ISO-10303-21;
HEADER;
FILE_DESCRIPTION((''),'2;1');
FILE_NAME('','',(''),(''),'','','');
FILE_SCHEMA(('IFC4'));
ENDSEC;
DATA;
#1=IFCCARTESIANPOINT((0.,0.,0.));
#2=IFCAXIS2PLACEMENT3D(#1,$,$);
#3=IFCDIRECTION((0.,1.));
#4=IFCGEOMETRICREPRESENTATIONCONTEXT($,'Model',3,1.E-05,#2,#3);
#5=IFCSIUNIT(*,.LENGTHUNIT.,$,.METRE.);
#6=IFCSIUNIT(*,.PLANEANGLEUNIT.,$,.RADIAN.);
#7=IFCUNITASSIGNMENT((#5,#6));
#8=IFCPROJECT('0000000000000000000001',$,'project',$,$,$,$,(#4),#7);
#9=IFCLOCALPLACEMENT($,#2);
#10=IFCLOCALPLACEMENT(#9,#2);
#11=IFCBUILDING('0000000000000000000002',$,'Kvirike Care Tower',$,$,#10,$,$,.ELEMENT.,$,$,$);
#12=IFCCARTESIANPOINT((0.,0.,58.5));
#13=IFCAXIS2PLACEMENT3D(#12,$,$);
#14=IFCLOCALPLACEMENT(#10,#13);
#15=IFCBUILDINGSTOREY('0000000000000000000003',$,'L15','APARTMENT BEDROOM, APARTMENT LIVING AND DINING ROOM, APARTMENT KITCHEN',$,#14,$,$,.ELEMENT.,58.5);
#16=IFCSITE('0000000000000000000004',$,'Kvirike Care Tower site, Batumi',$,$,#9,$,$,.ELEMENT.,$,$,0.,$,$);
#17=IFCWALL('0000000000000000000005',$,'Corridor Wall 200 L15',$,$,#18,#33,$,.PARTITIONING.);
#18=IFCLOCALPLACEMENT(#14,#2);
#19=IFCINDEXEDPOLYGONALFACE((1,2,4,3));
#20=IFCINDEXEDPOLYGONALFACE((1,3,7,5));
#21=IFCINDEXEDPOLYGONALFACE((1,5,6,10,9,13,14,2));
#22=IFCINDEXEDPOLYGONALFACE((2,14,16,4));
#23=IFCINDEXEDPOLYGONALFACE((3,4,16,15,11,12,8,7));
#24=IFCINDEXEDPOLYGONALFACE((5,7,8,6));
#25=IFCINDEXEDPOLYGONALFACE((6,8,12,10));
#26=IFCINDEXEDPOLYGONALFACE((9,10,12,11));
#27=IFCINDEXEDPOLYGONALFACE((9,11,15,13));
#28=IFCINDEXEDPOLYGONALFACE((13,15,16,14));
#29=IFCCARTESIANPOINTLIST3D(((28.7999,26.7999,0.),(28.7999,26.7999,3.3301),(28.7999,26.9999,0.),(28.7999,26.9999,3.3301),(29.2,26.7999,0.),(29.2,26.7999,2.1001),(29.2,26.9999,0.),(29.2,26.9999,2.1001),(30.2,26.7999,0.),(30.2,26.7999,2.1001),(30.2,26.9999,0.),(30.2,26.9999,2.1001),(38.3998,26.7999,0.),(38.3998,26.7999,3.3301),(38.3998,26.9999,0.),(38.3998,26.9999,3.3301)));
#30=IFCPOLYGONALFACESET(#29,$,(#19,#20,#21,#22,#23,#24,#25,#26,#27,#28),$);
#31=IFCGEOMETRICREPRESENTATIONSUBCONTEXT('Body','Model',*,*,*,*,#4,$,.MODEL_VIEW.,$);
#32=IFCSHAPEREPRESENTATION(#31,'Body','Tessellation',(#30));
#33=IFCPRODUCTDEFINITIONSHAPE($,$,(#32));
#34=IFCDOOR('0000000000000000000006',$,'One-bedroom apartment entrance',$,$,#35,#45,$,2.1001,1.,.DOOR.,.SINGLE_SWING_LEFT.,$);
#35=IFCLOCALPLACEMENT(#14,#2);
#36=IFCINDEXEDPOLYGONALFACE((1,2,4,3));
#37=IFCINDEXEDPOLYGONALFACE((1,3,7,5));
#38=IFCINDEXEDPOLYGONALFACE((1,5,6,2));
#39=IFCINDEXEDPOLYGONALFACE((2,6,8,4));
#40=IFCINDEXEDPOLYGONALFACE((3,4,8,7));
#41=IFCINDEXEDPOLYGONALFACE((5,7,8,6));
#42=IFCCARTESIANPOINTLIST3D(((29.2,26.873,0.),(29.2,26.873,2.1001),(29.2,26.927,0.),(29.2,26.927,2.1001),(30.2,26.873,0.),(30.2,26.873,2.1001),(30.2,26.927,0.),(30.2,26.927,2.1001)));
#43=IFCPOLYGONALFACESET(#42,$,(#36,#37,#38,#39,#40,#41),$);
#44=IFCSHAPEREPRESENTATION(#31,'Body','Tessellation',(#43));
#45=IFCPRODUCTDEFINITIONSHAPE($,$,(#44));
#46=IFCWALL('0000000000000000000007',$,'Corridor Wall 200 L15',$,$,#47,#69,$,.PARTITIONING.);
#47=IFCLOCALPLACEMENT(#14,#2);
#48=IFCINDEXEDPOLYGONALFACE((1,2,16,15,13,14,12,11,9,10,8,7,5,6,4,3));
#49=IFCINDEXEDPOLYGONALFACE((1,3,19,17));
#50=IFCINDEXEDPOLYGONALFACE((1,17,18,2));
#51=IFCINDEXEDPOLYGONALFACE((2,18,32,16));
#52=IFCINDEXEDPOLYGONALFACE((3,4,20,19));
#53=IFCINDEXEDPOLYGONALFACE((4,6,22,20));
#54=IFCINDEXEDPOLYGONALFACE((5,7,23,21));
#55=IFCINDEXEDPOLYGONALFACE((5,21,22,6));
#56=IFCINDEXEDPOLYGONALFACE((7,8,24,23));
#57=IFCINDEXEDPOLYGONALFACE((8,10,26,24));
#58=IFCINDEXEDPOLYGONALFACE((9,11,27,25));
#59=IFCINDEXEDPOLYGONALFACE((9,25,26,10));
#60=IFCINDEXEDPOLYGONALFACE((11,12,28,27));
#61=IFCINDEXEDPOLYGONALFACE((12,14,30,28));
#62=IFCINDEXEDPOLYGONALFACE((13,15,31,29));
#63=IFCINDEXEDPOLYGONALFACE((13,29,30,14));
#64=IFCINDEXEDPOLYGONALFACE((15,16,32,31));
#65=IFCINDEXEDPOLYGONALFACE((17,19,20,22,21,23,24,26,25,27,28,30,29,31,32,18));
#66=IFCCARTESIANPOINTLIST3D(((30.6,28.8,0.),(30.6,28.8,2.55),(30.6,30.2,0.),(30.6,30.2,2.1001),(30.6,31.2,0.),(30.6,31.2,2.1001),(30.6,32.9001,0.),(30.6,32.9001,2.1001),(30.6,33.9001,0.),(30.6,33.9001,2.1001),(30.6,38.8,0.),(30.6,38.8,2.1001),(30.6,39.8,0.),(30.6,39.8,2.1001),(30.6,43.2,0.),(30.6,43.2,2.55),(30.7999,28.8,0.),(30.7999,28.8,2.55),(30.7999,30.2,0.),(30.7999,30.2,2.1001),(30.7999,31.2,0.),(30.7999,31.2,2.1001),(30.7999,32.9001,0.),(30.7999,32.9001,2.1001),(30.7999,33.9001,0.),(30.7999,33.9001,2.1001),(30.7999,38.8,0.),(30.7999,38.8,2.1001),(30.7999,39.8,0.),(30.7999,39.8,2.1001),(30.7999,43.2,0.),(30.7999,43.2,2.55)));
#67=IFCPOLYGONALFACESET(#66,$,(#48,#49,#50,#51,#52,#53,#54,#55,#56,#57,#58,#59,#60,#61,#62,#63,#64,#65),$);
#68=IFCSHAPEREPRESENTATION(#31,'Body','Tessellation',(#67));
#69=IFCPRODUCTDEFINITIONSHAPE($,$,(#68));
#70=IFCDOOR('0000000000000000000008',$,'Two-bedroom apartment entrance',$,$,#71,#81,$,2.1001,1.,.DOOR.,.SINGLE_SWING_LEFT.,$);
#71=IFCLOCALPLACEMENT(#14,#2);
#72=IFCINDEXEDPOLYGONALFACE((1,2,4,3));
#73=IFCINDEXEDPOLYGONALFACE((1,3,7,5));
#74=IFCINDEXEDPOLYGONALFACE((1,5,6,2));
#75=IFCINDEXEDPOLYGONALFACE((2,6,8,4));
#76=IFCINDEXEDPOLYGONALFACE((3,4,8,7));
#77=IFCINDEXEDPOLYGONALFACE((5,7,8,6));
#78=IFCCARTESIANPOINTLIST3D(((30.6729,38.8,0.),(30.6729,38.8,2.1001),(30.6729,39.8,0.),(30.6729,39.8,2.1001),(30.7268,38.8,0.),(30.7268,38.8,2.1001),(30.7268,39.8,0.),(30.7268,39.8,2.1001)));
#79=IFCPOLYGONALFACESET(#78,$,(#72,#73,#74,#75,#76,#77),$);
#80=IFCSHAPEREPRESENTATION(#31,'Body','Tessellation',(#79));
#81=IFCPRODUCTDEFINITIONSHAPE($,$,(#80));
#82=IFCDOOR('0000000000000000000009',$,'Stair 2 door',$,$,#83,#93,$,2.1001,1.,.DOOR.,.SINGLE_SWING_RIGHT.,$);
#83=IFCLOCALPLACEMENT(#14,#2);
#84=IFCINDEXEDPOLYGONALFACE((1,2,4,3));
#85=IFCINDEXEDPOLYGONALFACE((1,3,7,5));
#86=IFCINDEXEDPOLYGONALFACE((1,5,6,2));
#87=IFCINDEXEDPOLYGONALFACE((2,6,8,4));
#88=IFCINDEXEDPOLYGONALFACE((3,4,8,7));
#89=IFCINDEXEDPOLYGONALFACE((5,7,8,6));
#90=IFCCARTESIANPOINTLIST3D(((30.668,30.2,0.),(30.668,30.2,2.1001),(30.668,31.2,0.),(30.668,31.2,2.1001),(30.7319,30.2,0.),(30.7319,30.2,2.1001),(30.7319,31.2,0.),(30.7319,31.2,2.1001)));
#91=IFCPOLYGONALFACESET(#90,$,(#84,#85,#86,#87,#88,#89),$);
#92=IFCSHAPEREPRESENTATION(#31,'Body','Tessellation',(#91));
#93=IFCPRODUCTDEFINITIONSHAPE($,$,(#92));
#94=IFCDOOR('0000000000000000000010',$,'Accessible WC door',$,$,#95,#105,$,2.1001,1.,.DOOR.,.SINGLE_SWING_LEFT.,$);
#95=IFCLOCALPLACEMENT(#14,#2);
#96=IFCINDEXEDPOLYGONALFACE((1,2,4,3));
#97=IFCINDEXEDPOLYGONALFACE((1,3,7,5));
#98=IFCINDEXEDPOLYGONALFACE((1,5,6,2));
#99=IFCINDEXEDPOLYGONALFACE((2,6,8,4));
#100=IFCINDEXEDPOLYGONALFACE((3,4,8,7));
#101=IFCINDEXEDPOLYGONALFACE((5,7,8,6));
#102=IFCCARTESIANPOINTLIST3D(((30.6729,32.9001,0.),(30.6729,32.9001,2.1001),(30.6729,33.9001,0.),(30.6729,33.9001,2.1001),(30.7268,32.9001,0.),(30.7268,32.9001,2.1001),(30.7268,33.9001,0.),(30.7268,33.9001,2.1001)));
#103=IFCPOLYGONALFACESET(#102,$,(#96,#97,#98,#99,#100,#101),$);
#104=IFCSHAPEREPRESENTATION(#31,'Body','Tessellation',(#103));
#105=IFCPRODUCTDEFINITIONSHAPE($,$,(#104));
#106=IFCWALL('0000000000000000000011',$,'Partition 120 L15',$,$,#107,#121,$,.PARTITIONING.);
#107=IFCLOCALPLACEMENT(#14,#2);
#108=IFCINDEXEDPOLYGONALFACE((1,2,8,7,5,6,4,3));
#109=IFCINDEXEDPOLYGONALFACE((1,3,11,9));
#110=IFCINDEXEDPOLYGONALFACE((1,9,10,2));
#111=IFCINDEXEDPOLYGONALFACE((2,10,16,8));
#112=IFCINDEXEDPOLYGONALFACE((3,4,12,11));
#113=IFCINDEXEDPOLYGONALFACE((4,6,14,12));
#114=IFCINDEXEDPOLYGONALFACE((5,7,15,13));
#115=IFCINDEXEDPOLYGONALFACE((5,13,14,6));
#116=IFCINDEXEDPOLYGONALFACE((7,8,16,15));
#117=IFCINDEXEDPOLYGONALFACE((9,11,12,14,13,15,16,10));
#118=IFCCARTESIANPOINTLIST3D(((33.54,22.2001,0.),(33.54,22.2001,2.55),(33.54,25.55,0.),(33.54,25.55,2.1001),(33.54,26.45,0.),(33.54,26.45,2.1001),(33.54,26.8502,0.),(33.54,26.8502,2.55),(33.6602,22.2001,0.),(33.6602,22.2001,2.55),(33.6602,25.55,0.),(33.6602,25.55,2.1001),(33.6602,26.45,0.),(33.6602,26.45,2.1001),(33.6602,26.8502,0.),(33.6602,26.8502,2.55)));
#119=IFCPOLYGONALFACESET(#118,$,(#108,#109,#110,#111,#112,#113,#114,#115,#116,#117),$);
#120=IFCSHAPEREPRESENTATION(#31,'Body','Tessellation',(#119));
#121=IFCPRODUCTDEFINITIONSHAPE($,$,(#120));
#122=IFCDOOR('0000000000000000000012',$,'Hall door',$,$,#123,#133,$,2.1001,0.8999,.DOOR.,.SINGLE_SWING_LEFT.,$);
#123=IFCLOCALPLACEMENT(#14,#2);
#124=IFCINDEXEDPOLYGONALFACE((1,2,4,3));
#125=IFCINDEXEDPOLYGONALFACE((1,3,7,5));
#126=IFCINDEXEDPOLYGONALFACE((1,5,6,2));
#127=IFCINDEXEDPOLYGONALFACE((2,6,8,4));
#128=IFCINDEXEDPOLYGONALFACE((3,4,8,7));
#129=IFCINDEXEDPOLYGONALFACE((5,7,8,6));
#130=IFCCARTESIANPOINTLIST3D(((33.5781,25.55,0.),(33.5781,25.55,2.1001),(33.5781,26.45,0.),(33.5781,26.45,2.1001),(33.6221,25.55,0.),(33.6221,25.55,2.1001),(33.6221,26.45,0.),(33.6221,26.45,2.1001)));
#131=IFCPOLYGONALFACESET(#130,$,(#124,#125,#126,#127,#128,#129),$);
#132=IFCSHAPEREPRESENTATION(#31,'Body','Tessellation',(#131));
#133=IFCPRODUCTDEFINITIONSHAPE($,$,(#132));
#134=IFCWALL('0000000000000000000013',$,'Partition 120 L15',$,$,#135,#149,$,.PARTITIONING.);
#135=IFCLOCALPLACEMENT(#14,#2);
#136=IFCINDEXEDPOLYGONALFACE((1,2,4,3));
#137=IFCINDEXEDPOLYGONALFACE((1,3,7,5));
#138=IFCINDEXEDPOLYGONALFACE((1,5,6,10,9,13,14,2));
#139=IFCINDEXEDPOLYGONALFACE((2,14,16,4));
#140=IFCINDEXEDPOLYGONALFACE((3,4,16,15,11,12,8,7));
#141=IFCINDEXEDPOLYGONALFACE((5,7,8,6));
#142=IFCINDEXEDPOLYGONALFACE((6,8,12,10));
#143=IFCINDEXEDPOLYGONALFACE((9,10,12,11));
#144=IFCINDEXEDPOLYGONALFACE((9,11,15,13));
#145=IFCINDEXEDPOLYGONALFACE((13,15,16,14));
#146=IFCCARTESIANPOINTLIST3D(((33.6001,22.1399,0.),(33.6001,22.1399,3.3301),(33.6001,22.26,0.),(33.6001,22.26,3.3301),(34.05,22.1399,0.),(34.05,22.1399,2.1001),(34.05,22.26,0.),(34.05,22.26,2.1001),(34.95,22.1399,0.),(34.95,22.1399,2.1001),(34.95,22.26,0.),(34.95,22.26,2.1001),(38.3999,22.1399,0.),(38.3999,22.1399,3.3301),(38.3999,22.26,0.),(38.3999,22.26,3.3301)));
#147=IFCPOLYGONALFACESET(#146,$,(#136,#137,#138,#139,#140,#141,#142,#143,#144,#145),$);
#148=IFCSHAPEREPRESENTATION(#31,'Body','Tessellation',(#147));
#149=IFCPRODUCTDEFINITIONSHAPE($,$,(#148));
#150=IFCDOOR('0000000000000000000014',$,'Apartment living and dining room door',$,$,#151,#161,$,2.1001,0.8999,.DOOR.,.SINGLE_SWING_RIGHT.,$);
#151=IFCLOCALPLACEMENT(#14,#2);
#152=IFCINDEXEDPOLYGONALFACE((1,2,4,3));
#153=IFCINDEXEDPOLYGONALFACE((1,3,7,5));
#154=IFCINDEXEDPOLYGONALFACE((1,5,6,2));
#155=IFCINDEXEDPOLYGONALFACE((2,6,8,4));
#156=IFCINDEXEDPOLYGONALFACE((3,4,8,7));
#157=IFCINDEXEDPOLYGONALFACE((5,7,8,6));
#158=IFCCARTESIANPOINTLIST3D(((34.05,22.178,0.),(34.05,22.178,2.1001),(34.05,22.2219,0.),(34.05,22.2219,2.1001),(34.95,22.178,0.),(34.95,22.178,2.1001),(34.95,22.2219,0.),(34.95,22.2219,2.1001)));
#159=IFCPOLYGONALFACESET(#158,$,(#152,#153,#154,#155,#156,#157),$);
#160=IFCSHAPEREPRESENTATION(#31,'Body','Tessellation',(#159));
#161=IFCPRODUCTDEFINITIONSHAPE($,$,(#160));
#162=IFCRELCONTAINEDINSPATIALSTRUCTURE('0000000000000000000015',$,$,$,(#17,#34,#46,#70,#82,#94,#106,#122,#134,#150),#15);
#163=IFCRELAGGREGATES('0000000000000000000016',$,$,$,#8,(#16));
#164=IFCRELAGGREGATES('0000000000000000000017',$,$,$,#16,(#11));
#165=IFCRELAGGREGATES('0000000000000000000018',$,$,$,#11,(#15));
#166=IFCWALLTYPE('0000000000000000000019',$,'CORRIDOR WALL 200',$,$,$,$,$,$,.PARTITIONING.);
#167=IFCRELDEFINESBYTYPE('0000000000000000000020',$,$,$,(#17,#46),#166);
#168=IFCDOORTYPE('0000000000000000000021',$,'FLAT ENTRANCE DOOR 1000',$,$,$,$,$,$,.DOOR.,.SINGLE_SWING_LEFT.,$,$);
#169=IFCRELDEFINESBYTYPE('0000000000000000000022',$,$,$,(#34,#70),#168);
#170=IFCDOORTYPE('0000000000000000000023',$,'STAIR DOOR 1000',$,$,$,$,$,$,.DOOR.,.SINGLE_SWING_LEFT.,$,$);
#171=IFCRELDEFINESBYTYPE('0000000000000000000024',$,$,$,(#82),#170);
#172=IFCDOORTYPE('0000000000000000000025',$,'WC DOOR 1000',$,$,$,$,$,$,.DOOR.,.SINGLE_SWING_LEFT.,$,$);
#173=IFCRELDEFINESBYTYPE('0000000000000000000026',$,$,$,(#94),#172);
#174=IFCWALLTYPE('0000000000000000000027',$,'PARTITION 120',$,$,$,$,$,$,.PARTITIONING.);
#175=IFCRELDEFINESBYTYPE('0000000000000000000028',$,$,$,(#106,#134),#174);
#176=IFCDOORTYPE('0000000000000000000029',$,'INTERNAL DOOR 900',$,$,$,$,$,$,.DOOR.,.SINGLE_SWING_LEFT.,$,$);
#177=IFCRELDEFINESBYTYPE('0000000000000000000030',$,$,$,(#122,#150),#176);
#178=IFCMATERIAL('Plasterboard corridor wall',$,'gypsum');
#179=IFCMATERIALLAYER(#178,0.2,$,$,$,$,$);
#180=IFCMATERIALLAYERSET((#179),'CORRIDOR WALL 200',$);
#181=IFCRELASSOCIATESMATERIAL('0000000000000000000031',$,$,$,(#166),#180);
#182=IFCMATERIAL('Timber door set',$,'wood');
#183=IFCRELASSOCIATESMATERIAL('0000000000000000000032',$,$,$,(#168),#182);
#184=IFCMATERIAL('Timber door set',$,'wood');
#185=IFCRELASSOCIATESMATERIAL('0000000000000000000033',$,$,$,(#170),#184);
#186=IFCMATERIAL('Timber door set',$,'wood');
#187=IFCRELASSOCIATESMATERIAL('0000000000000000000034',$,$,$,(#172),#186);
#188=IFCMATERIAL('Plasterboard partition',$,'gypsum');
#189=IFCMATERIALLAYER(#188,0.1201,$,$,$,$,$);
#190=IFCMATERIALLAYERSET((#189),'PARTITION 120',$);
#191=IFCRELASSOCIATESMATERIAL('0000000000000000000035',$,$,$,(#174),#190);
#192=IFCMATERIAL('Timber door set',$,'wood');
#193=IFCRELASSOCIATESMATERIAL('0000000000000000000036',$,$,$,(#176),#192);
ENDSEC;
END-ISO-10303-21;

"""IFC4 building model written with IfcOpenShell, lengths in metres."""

from ifc_helpers import new_model, si_unit, direction, frame, frame_2d, origin, place, context, subcontext, project, spatial, rectangle, extrude, material, layer, layer_set, type_object, element, fill, save


model = new_model("IFC4")

# Units and contexts
model_context = context("Model", 3, precision=1e-05, world=origin(), true_north=direction((0.0, 1.0)))
body_context = subcontext(model_context, "Body", "Model", "MODEL_VIEW")
ifc_project = project(units=[si_unit("LENGTHUNIT", "METRE"), si_unit("PLANEANGLEUNIT", "RADIAN")], contexts=[model_context])

# Site, building, storey
site_placement = place(None, origin())
site = spatial("IfcSite", under=ifc_project, at=site_placement, Name="Kvirike Care Tower site, Batumi", CompositionType="ELEMENT", RefElevation=0.0)
building_placement = place(site_placement, origin())
building = spatial("IfcBuilding", under=site, at=building_placement, Name="Kvirike Care Tower", CompositionType="ELEMENT")
storey_placement = place(building_placement, frame((0.0, 0.0, 58.5)))
storey = spatial("IfcBuildingStorey", under=building, at=storey_placement, Name="L15", Description="APARTMENT BEDROOM, APARTMENT LIVING AND DINING ROOM, APARTMENT KITCHEN", CompositionType="ELEMENT", Elevation=58.5)

# Wall, opening, door
ifc_material_1 = material(Name="Plasterboard corridor wall", Category="gypsum")
ifc_layer_1 = layer(ifc_material_1, 0.2)
ifc_layer_set_1 = layer_set([ifc_layer_1], Name="CORRIDOR WALL 200")
wall_type_1 = type_object("IfcWallType", Name="CORRIDOR WALL 200", PredefinedType="PARTITIONING", material=ifc_layer_set_1)
wall_1_placement = place(storey_placement, frame((28.8, 26.8999, 0.0), z_axis=(0.0, 0.0, 1.0), x_axis=(1.0, 0.0, 0.0)))
wall_1 = element("IfcWall", 1, at=wall_1_placement, inside=storey, type_object=wall_type_1, Name="Corridor Wall 200 L15", PredefinedType="PARTITIONING", context=body_context, shape_type="SweptSolid", body=[
    extrude(rectangle(XDim=9.5999, YDim=0.2, at=frame_2d((4.7998, 0.0))), origin(), (0.0, 0.0, 1.0), 3.3301),
])
opening_1_placement = place(wall_1_placement, frame((0.3999, 0.0, 0.0)))
opening_1 = element("IfcOpeningElement", 2, at=opening_1_placement, cuts=wall_1, PredefinedType="OPENING", context=body_context, shape_type="SweptSolid", body=[
    extrude(rectangle(XDim=1.0, YDim=2.1001, at=frame_2d((0.5, 1.05))), frame((0.0, 0.1106, 0.0), z_axis=(0.0, -1.0, 0.0), x_axis=(1.0, 0.0, 0.0)), (0.0, 0.0, 1.0), 0.2209),
])
ifc_material_2 = material(Name="Timber door set", Category="wood")
door_type_1 = type_object("IfcDoorType", Name="FLAT ENTRANCE DOOR 1000", OperationType="SINGLE_SWING_LEFT", PredefinedType="DOOR", material=ifc_material_2)
door_1_placement = place(opening_1_placement, frame((1.0, 0.0, 0.0), z_axis=(0.0, 0.0, 1.0), x_axis=(-1.0, 0.0, 0.0)))
door_1 = element("IfcDoor", 3, at=door_1_placement, inside=storey, type_object=door_type_1, Name="One-bedroom apartment entrance", OperationType="SINGLE_SWING_LEFT", OverallHeight=2.1001, OverallWidth=1.0, PredefinedType="DOOR", context=body_context, shape_type="SweptSolid", body=[
    extrude(rectangle(XDim=1.0, YDim=2.1001, at=frame_2d((0.5, 1.05))), frame((0.0, 0.0269, 0.0), z_axis=(0.0, -1.0, 0.0), x_axis=(1.0, 0.0, 0.0)), (0.0, 0.0, 1.0), 0.054),
])
fill(opening_1, door_1)

# Wall, openings, doors
wall_2_placement = place(storey_placement, frame((30.7, 28.8, 0.0), z_axis=(0.0, 0.0, 1.0), x_axis=(0.0, 1.0, 0.0)))
wall_2 = element("IfcWall", 4, at=wall_2_placement, inside=storey, type_object=wall_type_1, Name="Corridor Wall 200 L15", PredefinedType="PARTITIONING", context=body_context, shape_type="SweptSolid", body=[
    extrude(rectangle(XDim=14.3999, YDim=0.2, at=frame_2d((7.2, 0.0))), origin(), (0.0, 0.0, 1.0), 2.55),
])
opening_2_placement = place(wall_2_placement, frame((1.3999, 0.0, 0.0)))
opening_2 = element("IfcOpeningElement", 5, at=opening_2_placement, cuts=wall_2, PredefinedType="OPENING", context=body_context, shape_type="SweptSolid", body=[
    extrude(rectangle(XDim=1.0, YDim=2.1001, at=frame_2d((0.5, 1.05))), frame((0.0, 0.1106, 0.0), z_axis=(0.0, -1.0, 0.0), x_axis=(1.0, 0.0, 0.0)), (0.0, 0.0, 1.0), 0.2209),
])
opening_3_placement = place(wall_2_placement, frame((4.1001, 0.0, 0.0)))
opening_3 = element("IfcOpeningElement", 6, at=opening_3_placement, cuts=wall_2, PredefinedType="OPENING", context=body_context, shape_type="SweptSolid", body=[
    extrude(rectangle(XDim=1.0, YDim=2.1001, at=frame_2d((0.5, 1.05))), frame((0.0, 0.1106, 0.0), z_axis=(0.0, -1.0, 0.0), x_axis=(1.0, 0.0, 0.0)), (0.0, 0.0, 1.0), 0.2209),
])
opening_4_placement = place(wall_2_placement, frame((10.0, 0.0, 0.0)))
opening_4 = element("IfcOpeningElement", 7, at=opening_4_placement, cuts=wall_2, PredefinedType="OPENING", context=body_context, shape_type="SweptSolid", body=[
    extrude(rectangle(XDim=1.0, YDim=2.1001, at=frame_2d((0.5, 1.05))), frame((0.0, 0.1106, 0.0), z_axis=(0.0, -1.0, 0.0), x_axis=(1.0, 0.0, 0.0)), (0.0, 0.0, 1.0), 0.2209),
])
door_2_placement = place(opening_4_placement, frame((1.0, 0.0, 0.0), z_axis=(0.0, 0.0, 1.0), x_axis=(-1.0, 0.0, 0.0)))
door_2 = element("IfcDoor", 8, at=door_2_placement, inside=storey, type_object=door_type_1, Name="Two-bedroom apartment entrance", OperationType="SINGLE_SWING_LEFT", OverallHeight=2.1001, OverallWidth=1.0, PredefinedType="DOOR", context=body_context, shape_type="SweptSolid", body=[
    extrude(rectangle(XDim=1.0, YDim=2.1001, at=frame_2d((0.5, 1.05))), frame((0.0, 0.0269, 0.0), z_axis=(0.0, -1.0, 0.0), x_axis=(1.0, 0.0, 0.0)), (0.0, 0.0, 1.0), 0.054),
])
fill(opening_4, door_2)
ifc_material_3 = material(Name="Timber door set", Category="wood")
door_type_2 = type_object("IfcDoorType", Name="STAIR DOOR 1000", OperationType="SINGLE_SWING_LEFT", PredefinedType="DOOR", material=ifc_material_3)
door_3_placement = place(opening_2_placement, frame((1.0, 0.0, 0.0), z_axis=(0.0, 0.0, 1.0), x_axis=(-1.0, 0.0, 0.0)))
door_3 = element("IfcDoor", 9, at=door_3_placement, inside=storey, type_object=door_type_2, Name="Stair 2 door", OperationType="SINGLE_SWING_RIGHT", OverallHeight=2.1001, OverallWidth=1.0, PredefinedType="DOOR", context=body_context, shape_type="SweptSolid", body=[
    extrude(rectangle(XDim=1.0, YDim=2.1001, at=frame_2d((0.5, 1.05))), frame((0.0, 0.032, 0.0), z_axis=(0.0, -1.0, 0.0), x_axis=(1.0, 0.0, 0.0)), (0.0, 0.0, 1.0), 0.064),
])
fill(opening_2, door_3)
ifc_material_4 = material(Name="Timber door set", Category="wood")
door_type_3 = type_object("IfcDoorType", Name="WC DOOR 1000", OperationType="SINGLE_SWING_LEFT", PredefinedType="DOOR", material=ifc_material_4)
door_4_placement = place(opening_3_placement, frame((1.0, 0.0, 0.0), z_axis=(0.0, 0.0, 1.0), x_axis=(-1.0, 0.0, 0.0)))
door_4 = element("IfcDoor", 10, at=door_4_placement, inside=storey, type_object=door_type_3, Name="Accessible WC door", OperationType="SINGLE_SWING_LEFT", OverallHeight=2.1001, OverallWidth=1.0, PredefinedType="DOOR", context=body_context, shape_type="SweptSolid", body=[
    extrude(rectangle(XDim=1.0, YDim=2.1001, at=frame_2d((0.5, 1.05))), frame((0.0, 0.0269, 0.0), z_axis=(0.0, -1.0, 0.0), x_axis=(1.0, 0.0, 0.0)), (0.0, 0.0, 1.0), 0.054),
])
fill(opening_3, door_4)

# Walls, openings, doors
ifc_material_5 = material(Name="Plasterboard partition", Category="gypsum")
ifc_layer_2 = layer(ifc_material_5, 0.1201)
ifc_layer_set_2 = layer_set([ifc_layer_2], Name="PARTITION 120")
wall_type_2 = type_object("IfcWallType", Name="PARTITION 120", PredefinedType="PARTITIONING", material=ifc_layer_set_2)
wall_3_placement = place(storey_placement, frame((33.6001, 22.2, 0.0), z_axis=(0.0, 0.0, 1.0), x_axis=(0.0, 1.0, 0.0)))
wall_3 = element("IfcWall", 11, at=wall_3_placement, inside=storey, type_object=wall_type_2, Name="Partition 120 L15", PredefinedType="PARTITIONING", context=body_context, shape_type="SweptSolid", body=[
    extrude(rectangle(XDim=4.6501, YDim=0.1201, at=frame_2d((2.3252, 0.0))), origin(), (0.0, 0.0, 1.0), 2.55),
])
opening_5_placement = place(wall_3_placement, frame((3.3501, 0.0, 0.0)))
opening_5 = element("IfcOpeningElement", 12, at=opening_5_placement, cuts=wall_3, PredefinedType="OPENING", context=body_context, shape_type="SweptSolid", body=[
    extrude(rectangle(XDim=0.8999, YDim=2.1001, at=frame_2d((0.45, 1.05))), frame((0.0, 0.0706, 0.0), z_axis=(0.0, -1.0, 0.0), x_axis=(1.0, 0.0, 0.0)), (0.0, 0.0, 1.0), 0.1411),
])
ifc_material_6 = material(Name="Timber door set", Category="wood")
door_type_4 = type_object("IfcDoorType", Name="INTERNAL DOOR 900", OperationType="SINGLE_SWING_LEFT", PredefinedType="DOOR", material=ifc_material_6)
door_5_placement = place(opening_5_placement, origin())
door_5 = element("IfcDoor", 13, at=door_5_placement, inside=storey, type_object=door_type_4, Name="Hall door", OperationType="SINGLE_SWING_LEFT", OverallHeight=2.1001, OverallWidth=0.8999, PredefinedType="DOOR", context=body_context, shape_type="SweptSolid", body=[
    extrude(rectangle(XDim=0.8999, YDim=2.1001, at=frame_2d((0.45, 1.05))), frame((0.0, 0.022, 0.0), z_axis=(0.0, -1.0, 0.0), x_axis=(1.0, 0.0, 0.0)), (0.0, 0.0, 1.0), 0.0439),
])
fill(opening_5, door_5)
wall_4_placement = place(storey_placement, frame((33.6001, 22.2, 0.0), z_axis=(0.0, 0.0, 1.0), x_axis=(1.0, 0.0, 0.0)))
wall_4 = element("IfcWall", 14, at=wall_4_placement, inside=storey, type_object=wall_type_2, Name="Partition 120 L15", PredefinedType="PARTITIONING", context=body_context, shape_type="SweptSolid", body=[
    extrude(rectangle(XDim=4.7998, YDim=0.1201, at=frame_2d((2.3999, 0.0))), origin(), (0.0, 0.0, 1.0), 3.3301),
])
opening_6_placement = place(wall_4_placement, frame((0.45, 0.0, 0.0)))
opening_6 = element("IfcOpeningElement", 15, at=opening_6_placement, cuts=wall_4, PredefinedType="OPENING", context=body_context, shape_type="SweptSolid", body=[
    extrude(rectangle(XDim=0.8999, YDim=2.1001, at=frame_2d((0.45, 1.05))), frame((0.0, 0.0706, 0.0), z_axis=(0.0, -1.0, 0.0), x_axis=(1.0, 0.0, 0.0)), (0.0, 0.0, 1.0), 0.1411),
])
door_6_placement = place(opening_6_placement, origin())
door_6 = element("IfcDoor", 16, at=door_6_placement, inside=storey, type_object=door_type_4, Name="Apartment living and dining room door", OperationType="SINGLE_SWING_RIGHT", OverallHeight=2.1001, OverallWidth=0.8999, PredefinedType="DOOR", context=body_context, shape_type="SweptSolid", body=[
    extrude(rectangle(XDim=0.8999, YDim=2.1001, at=frame_2d((0.45, 1.05))), frame((0.0, 0.022, 0.0), z_axis=(0.0, -1.0, 0.0), x_axis=(1.0, 0.0, 0.0)), (0.0, 0.0, 1.0), 0.0439),
])
fill(opening_6, door_6)

save(model, "model.ifc")
